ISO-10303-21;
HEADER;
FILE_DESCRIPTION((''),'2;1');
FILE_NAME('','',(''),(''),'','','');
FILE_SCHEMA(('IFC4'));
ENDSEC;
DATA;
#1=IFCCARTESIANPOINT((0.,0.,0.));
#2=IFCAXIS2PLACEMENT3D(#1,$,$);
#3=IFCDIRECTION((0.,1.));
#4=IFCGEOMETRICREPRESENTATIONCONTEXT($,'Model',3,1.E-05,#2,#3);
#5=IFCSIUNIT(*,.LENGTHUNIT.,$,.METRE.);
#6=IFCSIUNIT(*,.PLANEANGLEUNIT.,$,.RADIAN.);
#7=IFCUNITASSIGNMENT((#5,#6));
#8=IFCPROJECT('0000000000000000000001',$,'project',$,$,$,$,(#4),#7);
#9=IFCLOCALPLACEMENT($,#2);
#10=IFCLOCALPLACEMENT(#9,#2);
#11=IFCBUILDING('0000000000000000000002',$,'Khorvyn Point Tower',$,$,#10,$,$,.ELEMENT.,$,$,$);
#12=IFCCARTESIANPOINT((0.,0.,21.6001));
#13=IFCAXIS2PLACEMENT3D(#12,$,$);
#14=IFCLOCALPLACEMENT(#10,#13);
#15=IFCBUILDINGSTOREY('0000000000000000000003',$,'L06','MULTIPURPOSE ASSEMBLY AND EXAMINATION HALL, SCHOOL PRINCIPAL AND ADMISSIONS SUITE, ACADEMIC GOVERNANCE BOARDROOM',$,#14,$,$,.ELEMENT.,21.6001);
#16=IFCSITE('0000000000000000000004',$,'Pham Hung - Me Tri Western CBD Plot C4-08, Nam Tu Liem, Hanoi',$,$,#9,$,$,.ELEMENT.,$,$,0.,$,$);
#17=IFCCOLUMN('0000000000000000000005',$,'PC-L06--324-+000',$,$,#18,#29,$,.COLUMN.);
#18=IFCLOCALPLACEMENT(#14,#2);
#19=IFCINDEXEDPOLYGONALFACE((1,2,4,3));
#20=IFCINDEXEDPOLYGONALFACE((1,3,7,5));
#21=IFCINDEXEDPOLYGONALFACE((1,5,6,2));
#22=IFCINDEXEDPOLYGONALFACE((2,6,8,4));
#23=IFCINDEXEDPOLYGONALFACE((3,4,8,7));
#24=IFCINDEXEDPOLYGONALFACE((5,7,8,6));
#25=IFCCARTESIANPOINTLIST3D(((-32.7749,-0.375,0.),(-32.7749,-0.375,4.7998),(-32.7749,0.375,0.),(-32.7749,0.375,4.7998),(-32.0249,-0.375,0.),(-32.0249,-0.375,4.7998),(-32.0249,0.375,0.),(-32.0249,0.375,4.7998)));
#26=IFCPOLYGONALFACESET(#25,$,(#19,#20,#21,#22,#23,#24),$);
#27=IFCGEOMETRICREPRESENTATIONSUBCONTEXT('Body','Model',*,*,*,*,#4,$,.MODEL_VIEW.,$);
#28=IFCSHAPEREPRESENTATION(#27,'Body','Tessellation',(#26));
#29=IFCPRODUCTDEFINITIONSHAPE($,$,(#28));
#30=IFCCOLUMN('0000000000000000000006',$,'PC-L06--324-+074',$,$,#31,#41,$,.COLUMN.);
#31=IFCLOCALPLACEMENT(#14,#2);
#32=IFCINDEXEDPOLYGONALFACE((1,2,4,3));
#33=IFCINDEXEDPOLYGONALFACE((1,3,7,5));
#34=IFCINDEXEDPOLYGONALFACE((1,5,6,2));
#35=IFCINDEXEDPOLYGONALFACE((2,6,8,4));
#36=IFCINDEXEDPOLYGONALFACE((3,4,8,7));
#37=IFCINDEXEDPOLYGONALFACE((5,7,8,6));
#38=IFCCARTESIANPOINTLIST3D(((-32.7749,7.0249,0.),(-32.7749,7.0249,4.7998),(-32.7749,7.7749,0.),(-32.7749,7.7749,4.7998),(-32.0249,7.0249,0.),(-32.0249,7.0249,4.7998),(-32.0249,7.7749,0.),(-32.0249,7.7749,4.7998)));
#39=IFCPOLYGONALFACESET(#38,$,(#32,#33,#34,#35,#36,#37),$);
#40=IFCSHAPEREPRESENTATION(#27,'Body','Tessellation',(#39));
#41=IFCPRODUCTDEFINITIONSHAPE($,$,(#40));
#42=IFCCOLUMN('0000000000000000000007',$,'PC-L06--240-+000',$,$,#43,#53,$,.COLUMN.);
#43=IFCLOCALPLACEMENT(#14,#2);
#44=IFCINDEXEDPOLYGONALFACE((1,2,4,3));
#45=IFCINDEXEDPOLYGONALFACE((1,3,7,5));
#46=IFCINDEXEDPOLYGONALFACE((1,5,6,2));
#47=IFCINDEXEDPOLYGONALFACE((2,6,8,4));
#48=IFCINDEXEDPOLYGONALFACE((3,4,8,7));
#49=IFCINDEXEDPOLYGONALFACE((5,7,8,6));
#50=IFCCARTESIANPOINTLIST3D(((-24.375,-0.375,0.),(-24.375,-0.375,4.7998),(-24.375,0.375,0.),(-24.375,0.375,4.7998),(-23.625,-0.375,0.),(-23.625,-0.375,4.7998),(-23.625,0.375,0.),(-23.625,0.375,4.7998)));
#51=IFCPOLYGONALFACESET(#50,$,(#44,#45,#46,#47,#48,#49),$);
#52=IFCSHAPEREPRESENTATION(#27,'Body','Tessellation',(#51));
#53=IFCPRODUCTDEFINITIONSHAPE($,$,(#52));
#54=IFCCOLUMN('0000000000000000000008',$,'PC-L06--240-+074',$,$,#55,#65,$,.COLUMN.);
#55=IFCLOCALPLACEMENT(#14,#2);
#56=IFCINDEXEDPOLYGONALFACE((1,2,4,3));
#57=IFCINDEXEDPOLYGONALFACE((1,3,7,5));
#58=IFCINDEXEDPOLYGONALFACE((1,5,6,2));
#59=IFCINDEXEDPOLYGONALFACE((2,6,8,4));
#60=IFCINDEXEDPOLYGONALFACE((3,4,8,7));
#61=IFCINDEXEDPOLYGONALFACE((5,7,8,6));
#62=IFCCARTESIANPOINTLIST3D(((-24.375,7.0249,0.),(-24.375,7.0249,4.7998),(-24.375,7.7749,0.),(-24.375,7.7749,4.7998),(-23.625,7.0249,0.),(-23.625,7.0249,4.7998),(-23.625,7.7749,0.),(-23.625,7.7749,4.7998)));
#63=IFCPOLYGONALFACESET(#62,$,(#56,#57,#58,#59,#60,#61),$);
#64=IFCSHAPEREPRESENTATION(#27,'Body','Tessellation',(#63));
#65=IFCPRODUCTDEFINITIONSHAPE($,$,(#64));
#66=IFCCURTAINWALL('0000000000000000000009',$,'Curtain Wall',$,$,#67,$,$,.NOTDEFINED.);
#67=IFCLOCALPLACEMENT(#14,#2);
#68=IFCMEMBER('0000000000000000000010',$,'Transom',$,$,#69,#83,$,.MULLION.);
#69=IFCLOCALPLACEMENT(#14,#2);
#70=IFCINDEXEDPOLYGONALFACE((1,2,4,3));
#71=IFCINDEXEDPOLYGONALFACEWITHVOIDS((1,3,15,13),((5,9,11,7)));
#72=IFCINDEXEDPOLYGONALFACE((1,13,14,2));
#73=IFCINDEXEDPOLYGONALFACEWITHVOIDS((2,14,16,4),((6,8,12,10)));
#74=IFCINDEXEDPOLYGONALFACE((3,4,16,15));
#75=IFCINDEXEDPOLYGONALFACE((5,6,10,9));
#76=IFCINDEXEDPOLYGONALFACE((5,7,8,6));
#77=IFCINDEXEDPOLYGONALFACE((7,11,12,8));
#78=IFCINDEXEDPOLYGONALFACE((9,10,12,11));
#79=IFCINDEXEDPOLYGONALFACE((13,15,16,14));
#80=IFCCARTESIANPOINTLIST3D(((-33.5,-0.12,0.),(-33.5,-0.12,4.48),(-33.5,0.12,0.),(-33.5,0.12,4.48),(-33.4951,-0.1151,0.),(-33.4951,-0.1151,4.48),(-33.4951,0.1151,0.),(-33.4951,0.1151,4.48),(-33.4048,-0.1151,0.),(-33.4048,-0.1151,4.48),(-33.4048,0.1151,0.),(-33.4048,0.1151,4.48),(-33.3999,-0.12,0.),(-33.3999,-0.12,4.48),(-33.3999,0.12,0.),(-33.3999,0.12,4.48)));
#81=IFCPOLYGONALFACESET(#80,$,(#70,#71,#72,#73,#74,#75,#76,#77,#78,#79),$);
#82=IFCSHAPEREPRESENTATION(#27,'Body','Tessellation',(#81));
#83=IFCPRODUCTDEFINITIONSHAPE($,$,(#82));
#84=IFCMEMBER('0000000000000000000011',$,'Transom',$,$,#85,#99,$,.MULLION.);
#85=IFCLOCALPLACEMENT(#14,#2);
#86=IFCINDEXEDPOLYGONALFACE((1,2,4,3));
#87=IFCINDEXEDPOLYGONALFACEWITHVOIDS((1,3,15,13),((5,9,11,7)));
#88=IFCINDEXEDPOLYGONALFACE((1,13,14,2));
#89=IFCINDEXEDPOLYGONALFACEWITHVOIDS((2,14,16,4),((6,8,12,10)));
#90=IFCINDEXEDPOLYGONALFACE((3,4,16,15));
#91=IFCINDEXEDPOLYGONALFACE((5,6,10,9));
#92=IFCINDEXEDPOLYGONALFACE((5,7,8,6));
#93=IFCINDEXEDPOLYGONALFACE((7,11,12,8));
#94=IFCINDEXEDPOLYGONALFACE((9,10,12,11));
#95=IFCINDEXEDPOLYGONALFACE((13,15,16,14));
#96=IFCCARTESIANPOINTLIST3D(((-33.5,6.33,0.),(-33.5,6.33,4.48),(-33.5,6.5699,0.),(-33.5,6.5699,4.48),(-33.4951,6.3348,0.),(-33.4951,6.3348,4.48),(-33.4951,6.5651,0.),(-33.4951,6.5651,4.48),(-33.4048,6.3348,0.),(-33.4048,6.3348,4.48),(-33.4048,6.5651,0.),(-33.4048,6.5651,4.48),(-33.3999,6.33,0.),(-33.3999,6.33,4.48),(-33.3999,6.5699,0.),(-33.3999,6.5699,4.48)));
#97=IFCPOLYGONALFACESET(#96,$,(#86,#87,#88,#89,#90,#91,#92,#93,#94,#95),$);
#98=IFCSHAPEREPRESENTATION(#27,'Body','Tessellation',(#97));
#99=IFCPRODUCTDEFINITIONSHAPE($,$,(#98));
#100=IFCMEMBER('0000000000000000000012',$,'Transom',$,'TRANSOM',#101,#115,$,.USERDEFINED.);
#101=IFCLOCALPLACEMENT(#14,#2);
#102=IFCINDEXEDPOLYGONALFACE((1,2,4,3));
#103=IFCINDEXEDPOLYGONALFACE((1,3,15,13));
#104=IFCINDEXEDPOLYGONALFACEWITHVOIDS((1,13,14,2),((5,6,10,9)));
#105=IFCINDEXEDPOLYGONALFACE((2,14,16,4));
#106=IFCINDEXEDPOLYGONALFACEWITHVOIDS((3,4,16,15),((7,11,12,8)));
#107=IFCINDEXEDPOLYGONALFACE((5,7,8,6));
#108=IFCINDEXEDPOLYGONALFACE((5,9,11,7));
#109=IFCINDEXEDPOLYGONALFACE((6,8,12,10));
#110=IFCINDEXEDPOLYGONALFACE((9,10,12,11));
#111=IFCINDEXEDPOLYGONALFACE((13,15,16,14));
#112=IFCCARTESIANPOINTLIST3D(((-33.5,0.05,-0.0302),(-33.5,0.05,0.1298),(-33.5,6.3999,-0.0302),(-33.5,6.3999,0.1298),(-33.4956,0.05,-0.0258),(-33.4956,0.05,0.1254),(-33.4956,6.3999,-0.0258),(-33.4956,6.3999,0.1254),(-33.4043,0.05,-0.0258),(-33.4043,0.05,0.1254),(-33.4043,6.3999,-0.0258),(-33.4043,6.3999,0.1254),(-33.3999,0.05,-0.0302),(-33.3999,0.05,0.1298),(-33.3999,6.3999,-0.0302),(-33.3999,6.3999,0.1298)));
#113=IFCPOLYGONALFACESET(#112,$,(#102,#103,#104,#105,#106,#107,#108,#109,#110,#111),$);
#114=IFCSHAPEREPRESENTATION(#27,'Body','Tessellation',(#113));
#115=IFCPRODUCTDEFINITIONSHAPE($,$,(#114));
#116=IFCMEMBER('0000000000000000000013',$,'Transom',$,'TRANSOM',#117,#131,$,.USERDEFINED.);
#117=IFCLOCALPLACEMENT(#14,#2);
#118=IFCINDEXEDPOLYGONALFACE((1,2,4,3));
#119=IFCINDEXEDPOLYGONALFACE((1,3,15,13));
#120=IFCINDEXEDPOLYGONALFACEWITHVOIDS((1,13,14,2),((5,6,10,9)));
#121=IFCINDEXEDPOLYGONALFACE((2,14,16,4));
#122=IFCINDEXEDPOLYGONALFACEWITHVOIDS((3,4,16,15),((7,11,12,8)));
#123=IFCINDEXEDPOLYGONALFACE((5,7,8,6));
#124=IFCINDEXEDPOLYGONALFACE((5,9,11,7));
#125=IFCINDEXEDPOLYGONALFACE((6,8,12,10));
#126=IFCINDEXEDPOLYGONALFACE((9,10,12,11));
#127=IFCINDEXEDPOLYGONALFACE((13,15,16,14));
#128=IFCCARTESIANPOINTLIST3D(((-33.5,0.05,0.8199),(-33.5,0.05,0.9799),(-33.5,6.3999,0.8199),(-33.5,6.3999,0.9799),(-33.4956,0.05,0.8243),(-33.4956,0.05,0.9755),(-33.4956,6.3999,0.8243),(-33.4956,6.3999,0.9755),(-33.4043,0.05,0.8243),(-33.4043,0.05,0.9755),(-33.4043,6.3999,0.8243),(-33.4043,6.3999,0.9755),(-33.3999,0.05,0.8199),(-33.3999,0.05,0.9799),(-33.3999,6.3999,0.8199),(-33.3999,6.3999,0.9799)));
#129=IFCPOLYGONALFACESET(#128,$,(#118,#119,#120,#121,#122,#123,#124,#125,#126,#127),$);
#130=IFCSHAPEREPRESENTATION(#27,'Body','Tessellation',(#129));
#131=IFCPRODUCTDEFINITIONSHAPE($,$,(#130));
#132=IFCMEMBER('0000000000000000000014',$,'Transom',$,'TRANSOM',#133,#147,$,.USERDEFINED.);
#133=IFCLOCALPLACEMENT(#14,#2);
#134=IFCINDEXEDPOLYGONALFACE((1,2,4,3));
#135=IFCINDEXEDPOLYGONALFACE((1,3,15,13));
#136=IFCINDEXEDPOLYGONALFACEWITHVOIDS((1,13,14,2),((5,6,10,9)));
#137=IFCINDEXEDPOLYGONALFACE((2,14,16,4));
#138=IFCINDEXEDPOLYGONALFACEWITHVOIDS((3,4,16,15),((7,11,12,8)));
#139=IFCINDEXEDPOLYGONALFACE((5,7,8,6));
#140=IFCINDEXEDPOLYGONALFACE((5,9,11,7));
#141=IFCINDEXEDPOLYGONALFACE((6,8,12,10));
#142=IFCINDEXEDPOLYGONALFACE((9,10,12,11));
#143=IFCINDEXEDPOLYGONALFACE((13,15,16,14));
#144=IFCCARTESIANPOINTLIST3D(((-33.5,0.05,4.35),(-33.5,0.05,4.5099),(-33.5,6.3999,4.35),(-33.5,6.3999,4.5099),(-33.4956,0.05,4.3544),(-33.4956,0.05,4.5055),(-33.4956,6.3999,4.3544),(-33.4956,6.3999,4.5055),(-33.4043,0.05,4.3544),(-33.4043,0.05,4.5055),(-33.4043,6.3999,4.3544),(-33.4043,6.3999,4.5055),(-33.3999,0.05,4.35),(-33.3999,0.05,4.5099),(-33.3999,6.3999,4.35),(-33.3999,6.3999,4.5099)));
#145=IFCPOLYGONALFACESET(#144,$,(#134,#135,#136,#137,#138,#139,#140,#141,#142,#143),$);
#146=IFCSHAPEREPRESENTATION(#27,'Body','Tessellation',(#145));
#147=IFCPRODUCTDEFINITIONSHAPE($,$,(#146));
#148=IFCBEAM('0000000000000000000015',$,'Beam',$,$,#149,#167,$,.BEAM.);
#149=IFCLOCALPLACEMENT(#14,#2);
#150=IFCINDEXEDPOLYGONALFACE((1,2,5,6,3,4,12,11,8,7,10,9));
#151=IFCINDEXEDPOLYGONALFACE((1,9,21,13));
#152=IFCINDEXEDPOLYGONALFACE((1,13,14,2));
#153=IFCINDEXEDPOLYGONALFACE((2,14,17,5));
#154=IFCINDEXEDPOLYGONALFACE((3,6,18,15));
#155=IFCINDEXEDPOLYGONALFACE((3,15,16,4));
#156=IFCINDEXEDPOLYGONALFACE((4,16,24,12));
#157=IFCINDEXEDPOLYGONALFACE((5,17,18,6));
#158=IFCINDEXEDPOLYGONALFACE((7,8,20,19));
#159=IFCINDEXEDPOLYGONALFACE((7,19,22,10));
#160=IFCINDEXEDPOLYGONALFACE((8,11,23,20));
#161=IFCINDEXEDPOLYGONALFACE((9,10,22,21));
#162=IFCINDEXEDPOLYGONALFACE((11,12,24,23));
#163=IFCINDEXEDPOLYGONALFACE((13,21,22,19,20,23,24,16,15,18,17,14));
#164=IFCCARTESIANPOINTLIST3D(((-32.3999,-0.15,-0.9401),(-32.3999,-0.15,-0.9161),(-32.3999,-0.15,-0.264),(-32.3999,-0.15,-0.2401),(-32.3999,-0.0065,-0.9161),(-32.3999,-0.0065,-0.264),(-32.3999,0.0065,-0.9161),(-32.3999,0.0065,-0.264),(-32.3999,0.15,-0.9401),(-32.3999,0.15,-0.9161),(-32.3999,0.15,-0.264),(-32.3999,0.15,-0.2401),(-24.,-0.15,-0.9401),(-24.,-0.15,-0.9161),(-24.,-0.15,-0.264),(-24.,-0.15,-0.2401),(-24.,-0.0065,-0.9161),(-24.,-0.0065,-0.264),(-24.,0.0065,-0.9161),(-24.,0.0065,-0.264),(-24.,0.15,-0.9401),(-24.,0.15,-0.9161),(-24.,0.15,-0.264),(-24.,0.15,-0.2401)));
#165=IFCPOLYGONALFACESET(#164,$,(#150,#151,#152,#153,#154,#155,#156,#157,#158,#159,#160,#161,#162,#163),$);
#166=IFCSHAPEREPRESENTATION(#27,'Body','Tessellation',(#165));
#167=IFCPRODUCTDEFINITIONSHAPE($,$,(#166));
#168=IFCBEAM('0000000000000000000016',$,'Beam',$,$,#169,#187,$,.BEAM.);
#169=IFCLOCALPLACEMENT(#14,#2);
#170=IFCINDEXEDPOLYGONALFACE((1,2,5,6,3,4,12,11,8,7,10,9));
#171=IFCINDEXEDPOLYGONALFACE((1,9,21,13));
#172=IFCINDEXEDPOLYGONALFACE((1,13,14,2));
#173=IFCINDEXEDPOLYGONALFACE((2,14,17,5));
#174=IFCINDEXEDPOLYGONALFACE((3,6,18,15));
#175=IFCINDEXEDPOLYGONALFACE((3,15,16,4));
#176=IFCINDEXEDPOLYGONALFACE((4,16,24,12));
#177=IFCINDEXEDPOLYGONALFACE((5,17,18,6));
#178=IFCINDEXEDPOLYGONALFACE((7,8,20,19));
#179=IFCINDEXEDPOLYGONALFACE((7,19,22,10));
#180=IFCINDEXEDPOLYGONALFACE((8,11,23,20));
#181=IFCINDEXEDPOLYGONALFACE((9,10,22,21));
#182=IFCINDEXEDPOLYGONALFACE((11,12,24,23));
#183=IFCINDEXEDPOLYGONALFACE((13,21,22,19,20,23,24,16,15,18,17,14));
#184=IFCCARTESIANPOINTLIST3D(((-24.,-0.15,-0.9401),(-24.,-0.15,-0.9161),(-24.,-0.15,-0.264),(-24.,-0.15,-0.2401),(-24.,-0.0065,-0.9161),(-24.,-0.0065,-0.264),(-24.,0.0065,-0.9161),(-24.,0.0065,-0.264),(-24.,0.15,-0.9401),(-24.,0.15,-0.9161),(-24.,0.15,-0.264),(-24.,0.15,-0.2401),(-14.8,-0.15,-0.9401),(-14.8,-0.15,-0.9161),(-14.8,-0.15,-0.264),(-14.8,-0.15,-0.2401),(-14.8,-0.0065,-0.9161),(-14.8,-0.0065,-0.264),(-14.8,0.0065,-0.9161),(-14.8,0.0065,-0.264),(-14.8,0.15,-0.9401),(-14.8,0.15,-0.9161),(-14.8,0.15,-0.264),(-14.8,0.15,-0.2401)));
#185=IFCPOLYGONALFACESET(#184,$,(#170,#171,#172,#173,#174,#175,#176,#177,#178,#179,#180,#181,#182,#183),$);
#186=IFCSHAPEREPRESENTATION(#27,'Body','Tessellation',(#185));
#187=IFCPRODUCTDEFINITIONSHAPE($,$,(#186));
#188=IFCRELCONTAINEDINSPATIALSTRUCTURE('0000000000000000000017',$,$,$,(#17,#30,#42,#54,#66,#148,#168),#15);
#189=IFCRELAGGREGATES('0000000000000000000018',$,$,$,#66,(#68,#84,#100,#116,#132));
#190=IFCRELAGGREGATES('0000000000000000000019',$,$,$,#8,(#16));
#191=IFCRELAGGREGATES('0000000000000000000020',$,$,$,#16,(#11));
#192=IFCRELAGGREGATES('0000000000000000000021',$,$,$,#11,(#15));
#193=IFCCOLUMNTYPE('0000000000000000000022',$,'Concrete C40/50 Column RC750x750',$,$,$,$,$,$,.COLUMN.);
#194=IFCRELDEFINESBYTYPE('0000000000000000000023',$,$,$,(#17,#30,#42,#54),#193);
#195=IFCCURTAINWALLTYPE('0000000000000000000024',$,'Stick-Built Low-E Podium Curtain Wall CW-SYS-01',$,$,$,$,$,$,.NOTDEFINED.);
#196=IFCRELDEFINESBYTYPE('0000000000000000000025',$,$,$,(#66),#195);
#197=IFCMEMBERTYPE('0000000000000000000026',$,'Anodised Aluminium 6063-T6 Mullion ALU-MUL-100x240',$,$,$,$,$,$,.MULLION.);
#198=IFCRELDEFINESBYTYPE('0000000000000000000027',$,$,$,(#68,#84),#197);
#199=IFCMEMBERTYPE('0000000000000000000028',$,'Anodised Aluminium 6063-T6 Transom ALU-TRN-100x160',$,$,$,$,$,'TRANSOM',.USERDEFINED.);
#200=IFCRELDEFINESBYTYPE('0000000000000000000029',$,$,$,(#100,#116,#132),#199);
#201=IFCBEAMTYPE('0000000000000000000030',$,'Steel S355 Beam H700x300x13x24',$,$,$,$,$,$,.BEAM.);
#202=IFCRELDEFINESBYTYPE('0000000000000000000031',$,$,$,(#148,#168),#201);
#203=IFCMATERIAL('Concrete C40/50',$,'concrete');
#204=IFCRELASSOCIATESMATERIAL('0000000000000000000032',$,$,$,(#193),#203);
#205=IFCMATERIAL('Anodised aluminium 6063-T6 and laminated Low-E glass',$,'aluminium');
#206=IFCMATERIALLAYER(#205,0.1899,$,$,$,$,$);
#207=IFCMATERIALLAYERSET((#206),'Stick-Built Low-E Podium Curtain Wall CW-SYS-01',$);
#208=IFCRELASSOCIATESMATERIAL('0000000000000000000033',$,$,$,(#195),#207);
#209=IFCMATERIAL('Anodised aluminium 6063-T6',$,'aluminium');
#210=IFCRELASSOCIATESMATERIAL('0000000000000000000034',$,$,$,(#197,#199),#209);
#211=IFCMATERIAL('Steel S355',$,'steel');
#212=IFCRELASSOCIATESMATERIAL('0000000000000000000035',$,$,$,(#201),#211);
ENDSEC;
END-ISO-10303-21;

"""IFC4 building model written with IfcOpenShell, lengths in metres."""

from ifc_helpers import new_model, si_unit, direction, frame, origin, origin_2d, place, context, subcontext, project, spatial, rectangle, hollow_rectangle, i_section, extrude, material, layer, layer_set, material_profile, profile_set, type_object, element, aggregate, save


model = new_model("IFC4")

# Units and contexts
model_context = context("Model", 3, precision=1e-05, world=origin(), true_north=direction((0.0, 1.0)))
body_context = subcontext(model_context, "Body", "Model", "MODEL_VIEW")
ifc_project = project(units=[si_unit("LENGTHUNIT", "METRE"), si_unit("PLANEANGLEUNIT", "RADIAN")], contexts=[model_context])

# Site, building, storey
site_placement = place(None, origin())
site = spatial("IfcSite", under=ifc_project, at=site_placement, Name="Pham Hung - Me Tri Western CBD Plot C4-08, Nam Tu Liem, Hanoi", CompositionType="ELEMENT", RefElevation=0.0)
building_placement = place(site_placement, origin())
building = spatial("IfcBuilding", under=site, at=building_placement, Name="Khorvyn Point Tower", CompositionType="ELEMENT")
storey_placement = place(building_placement, frame((0.0, 0.0, 21.6001)))
storey = spatial("IfcBuildingStorey", under=building, at=storey_placement, Name="L06", Description="MULTIPURPOSE ASSEMBLY AND EXAMINATION HALL, SCHOOL PRINCIPAL AND ADMISSIONS SUITE, ACADEMIC GOVERNANCE BOARDROOM", CompositionType="ELEMENT", Elevation=21.6001)

# Columns
ifc_material_1 = material(Name="Concrete C40/50", Category="concrete")
ifc_material_profile_1 = material_profile(ifc_material_1, rectangle(XDim=0.75, YDim=0.75, at=origin_2d()))
ifc_profile_set_1 = profile_set([ifc_material_profile_1], Name="Concrete C40/50 RC750x750")
column_type = type_object("IfcColumnType", Name="Concrete C40/50 Column RC750x750", PredefinedType="COLUMN", material=ifc_profile_set_1)
for number, where, z_axis, x_axis, name in (
    (1, (-32.3999, 0.0, 0.0), (0.0, 0.0, 1.0), (1.0, 0.0, 0.0), "PC-L06--324-+000"),
    (2, (-32.3999, 7.3999, 0.0), (0.0, 0.0, 1.0), (1.0, 0.0, 0.0), "PC-L06--324-+074"),
    (3, (-24.0, 0.0, 0.0), (0.0, 0.0, 1.0), (1.0, 0.0, 0.0), "PC-L06--240-+000"),
    (4, (-24.0, 7.3999, 0.0), (0.0, 0.0, 1.0), (1.0, 0.0, 0.0), "PC-L06--240-+074"),
):
    element("IfcColumn", number, at=place(storey_placement, frame(where, z_axis=z_axis, x_axis=x_axis)), inside=storey, type_object=column_type, Name=name, PredefinedType="COLUMN", context=body_context, shape_type="SweptSolid", body=[
        extrude(rectangle(XDim=0.75, YDim=0.75, at=origin_2d()), origin(), (0.0, 0.0, 1.0), 4.7998),
    ])

# Curtain wall, members
ifc_material_2 = material(Name="Anodised aluminium 6063-T6 and laminated Low-E glass", Category="aluminium")
ifc_layer_1 = layer(ifc_material_2, 0.1899)
ifc_layer_set_1 = layer_set([ifc_layer_1], Name="Stick-Built Low-E Podium Curtain Wall CW-SYS-01")
curtain_wall_type = type_object("IfcCurtainWallType", Name="Stick-Built Low-E Podium Curtain Wall CW-SYS-01", PredefinedType="NOTDEFINED", material=ifc_layer_set_1)
curtain_wall_placement = place(storey_placement, origin())
curtain_wall = element("IfcCurtainWall", 5, at=curtain_wall_placement, inside=storey, type_object=curtain_wall_type, Name="Curtain Wall", PredefinedType="NOTDEFINED")
ifc_material_3 = material(Name="Anodised aluminium 6063-T6", Category="aluminium")
ifc_material_profile_2 = material_profile(ifc_material_3, hollow_rectangle(XDim=0.1001, YDim=0.24, WallThickness=0.0049, at=origin_2d()))
ifc_profile_set_2 = profile_set([ifc_material_profile_2], Name="Anodised aluminium 6063-T6 ALU-MUL-100x240")
member_type_1 = type_object("IfcMemberType", Name="Anodised Aluminium 6063-T6 Mullion ALU-MUL-100x240", PredefinedType="MULLION", material=ifc_profile_set_2)
member_1_placement = place(storey_placement, frame((-33.45, 0.0, 0.0), z_axis=(0.0, 0.0, 1.0), x_axis=(-1.0, 0.0, 0.0)))
member_1 = element("IfcMember", 6, at=member_1_placement, type_object=member_type_1, Name="Transom", PredefinedType="MULLION", context=body_context, shape_type="SweptSolid", body=[
    extrude(hollow_rectangle(XDim=0.1001, YDim=0.24, WallThickness=0.0049, at=origin_2d()), origin(), (0.0, 0.0, 1.0), 4.48),
])
member_2_placement = place(storey_placement, frame((-33.45, 6.45, 0.0), z_axis=(0.0, 0.0, 1.0), x_axis=(-1.0, 0.0, 0.0)))
member_2 = element("IfcMember", 7, at=member_2_placement, type_object=member_type_1, Name="Transom", PredefinedType="MULLION", context=body_context, shape_type="SweptSolid", body=[
    extrude(hollow_rectangle(XDim=0.1001, YDim=0.24, WallThickness=0.0049, at=origin_2d()), origin(), (0.0, 0.0, 1.0), 4.48),
])
ifc_material_profile_3 = material_profile(ifc_material_3, hollow_rectangle(XDim=0.1001, YDim=0.1599, WallThickness=0.0044, at=origin_2d()))
ifc_profile_set_3 = profile_set([ifc_material_profile_3], Name="Anodised aluminium 6063-T6 ALU-TRN-100x160")
member_type_2 = type_object("IfcMemberType", Name="Anodised Aluminium 6063-T6 Transom ALU-TRN-100x160", ElementType="TRANSOM", PredefinedType="USERDEFINED", material=ifc_profile_set_3)
member_3_placement = place(storey_placement, frame((-33.45, 0.05, 0.0498), z_axis=(0.0, 1.0, 0.0), x_axis=(-1.0, 0.0, 0.0)))
member_3 = element("IfcMember", 8, at=member_3_placement, type_object=member_type_2, Name="Transom", ObjectType="TRANSOM", PredefinedType="USERDEFINED", context=body_context, shape_type="SweptSolid", body=[
    extrude(hollow_rectangle(XDim=0.1001, YDim=0.1599, WallThickness=0.0044, at=origin_2d()), origin(), (0.0, 0.0, 1.0), 6.3499),
])
member_4_placement = place(storey_placement, frame((-33.45, 0.05, 0.8999), z_axis=(0.0, 1.0, 0.0), x_axis=(-1.0, 0.0, 0.0)))
member_4 = element("IfcMember", 9, at=member_4_placement, type_object=member_type_2, Name="Transom", ObjectType="TRANSOM", PredefinedType="USERDEFINED", context=body_context, shape_type="SweptSolid", body=[
    extrude(hollow_rectangle(XDim=0.1001, YDim=0.1599, WallThickness=0.0044, at=origin_2d()), origin(), (0.0, 0.0, 1.0), 6.3499),
])
member_5_placement = place(storey_placement, frame((-33.45, 0.05, 4.4299), z_axis=(0.0, 1.0, 0.0), x_axis=(-1.0, 0.0, 0.0)))
member_5 = element("IfcMember", 10, at=member_5_placement, type_object=member_type_2, Name="Transom", ObjectType="TRANSOM", PredefinedType="USERDEFINED", context=body_context, shape_type="SweptSolid", body=[
    extrude(hollow_rectangle(XDim=0.1001, YDim=0.1599, WallThickness=0.0044, at=origin_2d()), origin(), (0.0, 0.0, 1.0), 6.3499),
])

# Beams
ifc_material_4 = material(Name="Steel S355", Category="steel")
ifc_material_profile_4 = material_profile(ifc_material_4, i_section(OverallWidth=0.3, OverallDepth=0.7, WebThickness=0.0129, FlangeThickness=0.0239, at=origin_2d()))
ifc_profile_set_4 = profile_set([ifc_material_profile_4], Name="Steel S355 H700x300x13x24")
beam_type_1 = type_object("IfcBeamType", Name="Steel S355 Beam H700x300x13x24", PredefinedType="BEAM", material=ifc_profile_set_4)
beam_1_placement = place(storey_placement, frame((-32.3999, 0.0, -0.5901), z_axis=(1.0, 0.0, 0.0), x_axis=(0.0, 1.0, 0.0)))
element("IfcBeam", 11, at=beam_1_placement, inside=storey, type_object=beam_type_1, Name="Beam", PredefinedType="BEAM", context=body_context, shape_type="SweptSolid", body=[
    extrude(i_section(OverallWidth=0.3, OverallDepth=0.7, WebThickness=0.0129, FlangeThickness=0.0239, at=origin_2d()), origin(), (0.0, 0.0, 1.0), 8.3999),
])
beam_2_placement = place(storey_placement, frame((-24.0, 0.0, -0.5901), z_axis=(1.0, 0.0, 0.0), x_axis=(0.0, 1.0, 0.0)))
element("IfcBeam", 12, at=beam_2_placement, inside=storey, type_object=beam_type_1, Name="Beam", PredefinedType="BEAM", context=body_context, shape_type="SweptSolid", body=[
    extrude(i_section(OverallWidth=0.3, OverallDepth=0.7, WebThickness=0.0129, FlangeThickness=0.0239, at=origin_2d()), origin(), (0.0, 0.0, 1.0), 9.2),
])

aggregate(curtain_wall, [member_1, member_2, member_3, member_4, member_5])

save(model, "model.ifc")
